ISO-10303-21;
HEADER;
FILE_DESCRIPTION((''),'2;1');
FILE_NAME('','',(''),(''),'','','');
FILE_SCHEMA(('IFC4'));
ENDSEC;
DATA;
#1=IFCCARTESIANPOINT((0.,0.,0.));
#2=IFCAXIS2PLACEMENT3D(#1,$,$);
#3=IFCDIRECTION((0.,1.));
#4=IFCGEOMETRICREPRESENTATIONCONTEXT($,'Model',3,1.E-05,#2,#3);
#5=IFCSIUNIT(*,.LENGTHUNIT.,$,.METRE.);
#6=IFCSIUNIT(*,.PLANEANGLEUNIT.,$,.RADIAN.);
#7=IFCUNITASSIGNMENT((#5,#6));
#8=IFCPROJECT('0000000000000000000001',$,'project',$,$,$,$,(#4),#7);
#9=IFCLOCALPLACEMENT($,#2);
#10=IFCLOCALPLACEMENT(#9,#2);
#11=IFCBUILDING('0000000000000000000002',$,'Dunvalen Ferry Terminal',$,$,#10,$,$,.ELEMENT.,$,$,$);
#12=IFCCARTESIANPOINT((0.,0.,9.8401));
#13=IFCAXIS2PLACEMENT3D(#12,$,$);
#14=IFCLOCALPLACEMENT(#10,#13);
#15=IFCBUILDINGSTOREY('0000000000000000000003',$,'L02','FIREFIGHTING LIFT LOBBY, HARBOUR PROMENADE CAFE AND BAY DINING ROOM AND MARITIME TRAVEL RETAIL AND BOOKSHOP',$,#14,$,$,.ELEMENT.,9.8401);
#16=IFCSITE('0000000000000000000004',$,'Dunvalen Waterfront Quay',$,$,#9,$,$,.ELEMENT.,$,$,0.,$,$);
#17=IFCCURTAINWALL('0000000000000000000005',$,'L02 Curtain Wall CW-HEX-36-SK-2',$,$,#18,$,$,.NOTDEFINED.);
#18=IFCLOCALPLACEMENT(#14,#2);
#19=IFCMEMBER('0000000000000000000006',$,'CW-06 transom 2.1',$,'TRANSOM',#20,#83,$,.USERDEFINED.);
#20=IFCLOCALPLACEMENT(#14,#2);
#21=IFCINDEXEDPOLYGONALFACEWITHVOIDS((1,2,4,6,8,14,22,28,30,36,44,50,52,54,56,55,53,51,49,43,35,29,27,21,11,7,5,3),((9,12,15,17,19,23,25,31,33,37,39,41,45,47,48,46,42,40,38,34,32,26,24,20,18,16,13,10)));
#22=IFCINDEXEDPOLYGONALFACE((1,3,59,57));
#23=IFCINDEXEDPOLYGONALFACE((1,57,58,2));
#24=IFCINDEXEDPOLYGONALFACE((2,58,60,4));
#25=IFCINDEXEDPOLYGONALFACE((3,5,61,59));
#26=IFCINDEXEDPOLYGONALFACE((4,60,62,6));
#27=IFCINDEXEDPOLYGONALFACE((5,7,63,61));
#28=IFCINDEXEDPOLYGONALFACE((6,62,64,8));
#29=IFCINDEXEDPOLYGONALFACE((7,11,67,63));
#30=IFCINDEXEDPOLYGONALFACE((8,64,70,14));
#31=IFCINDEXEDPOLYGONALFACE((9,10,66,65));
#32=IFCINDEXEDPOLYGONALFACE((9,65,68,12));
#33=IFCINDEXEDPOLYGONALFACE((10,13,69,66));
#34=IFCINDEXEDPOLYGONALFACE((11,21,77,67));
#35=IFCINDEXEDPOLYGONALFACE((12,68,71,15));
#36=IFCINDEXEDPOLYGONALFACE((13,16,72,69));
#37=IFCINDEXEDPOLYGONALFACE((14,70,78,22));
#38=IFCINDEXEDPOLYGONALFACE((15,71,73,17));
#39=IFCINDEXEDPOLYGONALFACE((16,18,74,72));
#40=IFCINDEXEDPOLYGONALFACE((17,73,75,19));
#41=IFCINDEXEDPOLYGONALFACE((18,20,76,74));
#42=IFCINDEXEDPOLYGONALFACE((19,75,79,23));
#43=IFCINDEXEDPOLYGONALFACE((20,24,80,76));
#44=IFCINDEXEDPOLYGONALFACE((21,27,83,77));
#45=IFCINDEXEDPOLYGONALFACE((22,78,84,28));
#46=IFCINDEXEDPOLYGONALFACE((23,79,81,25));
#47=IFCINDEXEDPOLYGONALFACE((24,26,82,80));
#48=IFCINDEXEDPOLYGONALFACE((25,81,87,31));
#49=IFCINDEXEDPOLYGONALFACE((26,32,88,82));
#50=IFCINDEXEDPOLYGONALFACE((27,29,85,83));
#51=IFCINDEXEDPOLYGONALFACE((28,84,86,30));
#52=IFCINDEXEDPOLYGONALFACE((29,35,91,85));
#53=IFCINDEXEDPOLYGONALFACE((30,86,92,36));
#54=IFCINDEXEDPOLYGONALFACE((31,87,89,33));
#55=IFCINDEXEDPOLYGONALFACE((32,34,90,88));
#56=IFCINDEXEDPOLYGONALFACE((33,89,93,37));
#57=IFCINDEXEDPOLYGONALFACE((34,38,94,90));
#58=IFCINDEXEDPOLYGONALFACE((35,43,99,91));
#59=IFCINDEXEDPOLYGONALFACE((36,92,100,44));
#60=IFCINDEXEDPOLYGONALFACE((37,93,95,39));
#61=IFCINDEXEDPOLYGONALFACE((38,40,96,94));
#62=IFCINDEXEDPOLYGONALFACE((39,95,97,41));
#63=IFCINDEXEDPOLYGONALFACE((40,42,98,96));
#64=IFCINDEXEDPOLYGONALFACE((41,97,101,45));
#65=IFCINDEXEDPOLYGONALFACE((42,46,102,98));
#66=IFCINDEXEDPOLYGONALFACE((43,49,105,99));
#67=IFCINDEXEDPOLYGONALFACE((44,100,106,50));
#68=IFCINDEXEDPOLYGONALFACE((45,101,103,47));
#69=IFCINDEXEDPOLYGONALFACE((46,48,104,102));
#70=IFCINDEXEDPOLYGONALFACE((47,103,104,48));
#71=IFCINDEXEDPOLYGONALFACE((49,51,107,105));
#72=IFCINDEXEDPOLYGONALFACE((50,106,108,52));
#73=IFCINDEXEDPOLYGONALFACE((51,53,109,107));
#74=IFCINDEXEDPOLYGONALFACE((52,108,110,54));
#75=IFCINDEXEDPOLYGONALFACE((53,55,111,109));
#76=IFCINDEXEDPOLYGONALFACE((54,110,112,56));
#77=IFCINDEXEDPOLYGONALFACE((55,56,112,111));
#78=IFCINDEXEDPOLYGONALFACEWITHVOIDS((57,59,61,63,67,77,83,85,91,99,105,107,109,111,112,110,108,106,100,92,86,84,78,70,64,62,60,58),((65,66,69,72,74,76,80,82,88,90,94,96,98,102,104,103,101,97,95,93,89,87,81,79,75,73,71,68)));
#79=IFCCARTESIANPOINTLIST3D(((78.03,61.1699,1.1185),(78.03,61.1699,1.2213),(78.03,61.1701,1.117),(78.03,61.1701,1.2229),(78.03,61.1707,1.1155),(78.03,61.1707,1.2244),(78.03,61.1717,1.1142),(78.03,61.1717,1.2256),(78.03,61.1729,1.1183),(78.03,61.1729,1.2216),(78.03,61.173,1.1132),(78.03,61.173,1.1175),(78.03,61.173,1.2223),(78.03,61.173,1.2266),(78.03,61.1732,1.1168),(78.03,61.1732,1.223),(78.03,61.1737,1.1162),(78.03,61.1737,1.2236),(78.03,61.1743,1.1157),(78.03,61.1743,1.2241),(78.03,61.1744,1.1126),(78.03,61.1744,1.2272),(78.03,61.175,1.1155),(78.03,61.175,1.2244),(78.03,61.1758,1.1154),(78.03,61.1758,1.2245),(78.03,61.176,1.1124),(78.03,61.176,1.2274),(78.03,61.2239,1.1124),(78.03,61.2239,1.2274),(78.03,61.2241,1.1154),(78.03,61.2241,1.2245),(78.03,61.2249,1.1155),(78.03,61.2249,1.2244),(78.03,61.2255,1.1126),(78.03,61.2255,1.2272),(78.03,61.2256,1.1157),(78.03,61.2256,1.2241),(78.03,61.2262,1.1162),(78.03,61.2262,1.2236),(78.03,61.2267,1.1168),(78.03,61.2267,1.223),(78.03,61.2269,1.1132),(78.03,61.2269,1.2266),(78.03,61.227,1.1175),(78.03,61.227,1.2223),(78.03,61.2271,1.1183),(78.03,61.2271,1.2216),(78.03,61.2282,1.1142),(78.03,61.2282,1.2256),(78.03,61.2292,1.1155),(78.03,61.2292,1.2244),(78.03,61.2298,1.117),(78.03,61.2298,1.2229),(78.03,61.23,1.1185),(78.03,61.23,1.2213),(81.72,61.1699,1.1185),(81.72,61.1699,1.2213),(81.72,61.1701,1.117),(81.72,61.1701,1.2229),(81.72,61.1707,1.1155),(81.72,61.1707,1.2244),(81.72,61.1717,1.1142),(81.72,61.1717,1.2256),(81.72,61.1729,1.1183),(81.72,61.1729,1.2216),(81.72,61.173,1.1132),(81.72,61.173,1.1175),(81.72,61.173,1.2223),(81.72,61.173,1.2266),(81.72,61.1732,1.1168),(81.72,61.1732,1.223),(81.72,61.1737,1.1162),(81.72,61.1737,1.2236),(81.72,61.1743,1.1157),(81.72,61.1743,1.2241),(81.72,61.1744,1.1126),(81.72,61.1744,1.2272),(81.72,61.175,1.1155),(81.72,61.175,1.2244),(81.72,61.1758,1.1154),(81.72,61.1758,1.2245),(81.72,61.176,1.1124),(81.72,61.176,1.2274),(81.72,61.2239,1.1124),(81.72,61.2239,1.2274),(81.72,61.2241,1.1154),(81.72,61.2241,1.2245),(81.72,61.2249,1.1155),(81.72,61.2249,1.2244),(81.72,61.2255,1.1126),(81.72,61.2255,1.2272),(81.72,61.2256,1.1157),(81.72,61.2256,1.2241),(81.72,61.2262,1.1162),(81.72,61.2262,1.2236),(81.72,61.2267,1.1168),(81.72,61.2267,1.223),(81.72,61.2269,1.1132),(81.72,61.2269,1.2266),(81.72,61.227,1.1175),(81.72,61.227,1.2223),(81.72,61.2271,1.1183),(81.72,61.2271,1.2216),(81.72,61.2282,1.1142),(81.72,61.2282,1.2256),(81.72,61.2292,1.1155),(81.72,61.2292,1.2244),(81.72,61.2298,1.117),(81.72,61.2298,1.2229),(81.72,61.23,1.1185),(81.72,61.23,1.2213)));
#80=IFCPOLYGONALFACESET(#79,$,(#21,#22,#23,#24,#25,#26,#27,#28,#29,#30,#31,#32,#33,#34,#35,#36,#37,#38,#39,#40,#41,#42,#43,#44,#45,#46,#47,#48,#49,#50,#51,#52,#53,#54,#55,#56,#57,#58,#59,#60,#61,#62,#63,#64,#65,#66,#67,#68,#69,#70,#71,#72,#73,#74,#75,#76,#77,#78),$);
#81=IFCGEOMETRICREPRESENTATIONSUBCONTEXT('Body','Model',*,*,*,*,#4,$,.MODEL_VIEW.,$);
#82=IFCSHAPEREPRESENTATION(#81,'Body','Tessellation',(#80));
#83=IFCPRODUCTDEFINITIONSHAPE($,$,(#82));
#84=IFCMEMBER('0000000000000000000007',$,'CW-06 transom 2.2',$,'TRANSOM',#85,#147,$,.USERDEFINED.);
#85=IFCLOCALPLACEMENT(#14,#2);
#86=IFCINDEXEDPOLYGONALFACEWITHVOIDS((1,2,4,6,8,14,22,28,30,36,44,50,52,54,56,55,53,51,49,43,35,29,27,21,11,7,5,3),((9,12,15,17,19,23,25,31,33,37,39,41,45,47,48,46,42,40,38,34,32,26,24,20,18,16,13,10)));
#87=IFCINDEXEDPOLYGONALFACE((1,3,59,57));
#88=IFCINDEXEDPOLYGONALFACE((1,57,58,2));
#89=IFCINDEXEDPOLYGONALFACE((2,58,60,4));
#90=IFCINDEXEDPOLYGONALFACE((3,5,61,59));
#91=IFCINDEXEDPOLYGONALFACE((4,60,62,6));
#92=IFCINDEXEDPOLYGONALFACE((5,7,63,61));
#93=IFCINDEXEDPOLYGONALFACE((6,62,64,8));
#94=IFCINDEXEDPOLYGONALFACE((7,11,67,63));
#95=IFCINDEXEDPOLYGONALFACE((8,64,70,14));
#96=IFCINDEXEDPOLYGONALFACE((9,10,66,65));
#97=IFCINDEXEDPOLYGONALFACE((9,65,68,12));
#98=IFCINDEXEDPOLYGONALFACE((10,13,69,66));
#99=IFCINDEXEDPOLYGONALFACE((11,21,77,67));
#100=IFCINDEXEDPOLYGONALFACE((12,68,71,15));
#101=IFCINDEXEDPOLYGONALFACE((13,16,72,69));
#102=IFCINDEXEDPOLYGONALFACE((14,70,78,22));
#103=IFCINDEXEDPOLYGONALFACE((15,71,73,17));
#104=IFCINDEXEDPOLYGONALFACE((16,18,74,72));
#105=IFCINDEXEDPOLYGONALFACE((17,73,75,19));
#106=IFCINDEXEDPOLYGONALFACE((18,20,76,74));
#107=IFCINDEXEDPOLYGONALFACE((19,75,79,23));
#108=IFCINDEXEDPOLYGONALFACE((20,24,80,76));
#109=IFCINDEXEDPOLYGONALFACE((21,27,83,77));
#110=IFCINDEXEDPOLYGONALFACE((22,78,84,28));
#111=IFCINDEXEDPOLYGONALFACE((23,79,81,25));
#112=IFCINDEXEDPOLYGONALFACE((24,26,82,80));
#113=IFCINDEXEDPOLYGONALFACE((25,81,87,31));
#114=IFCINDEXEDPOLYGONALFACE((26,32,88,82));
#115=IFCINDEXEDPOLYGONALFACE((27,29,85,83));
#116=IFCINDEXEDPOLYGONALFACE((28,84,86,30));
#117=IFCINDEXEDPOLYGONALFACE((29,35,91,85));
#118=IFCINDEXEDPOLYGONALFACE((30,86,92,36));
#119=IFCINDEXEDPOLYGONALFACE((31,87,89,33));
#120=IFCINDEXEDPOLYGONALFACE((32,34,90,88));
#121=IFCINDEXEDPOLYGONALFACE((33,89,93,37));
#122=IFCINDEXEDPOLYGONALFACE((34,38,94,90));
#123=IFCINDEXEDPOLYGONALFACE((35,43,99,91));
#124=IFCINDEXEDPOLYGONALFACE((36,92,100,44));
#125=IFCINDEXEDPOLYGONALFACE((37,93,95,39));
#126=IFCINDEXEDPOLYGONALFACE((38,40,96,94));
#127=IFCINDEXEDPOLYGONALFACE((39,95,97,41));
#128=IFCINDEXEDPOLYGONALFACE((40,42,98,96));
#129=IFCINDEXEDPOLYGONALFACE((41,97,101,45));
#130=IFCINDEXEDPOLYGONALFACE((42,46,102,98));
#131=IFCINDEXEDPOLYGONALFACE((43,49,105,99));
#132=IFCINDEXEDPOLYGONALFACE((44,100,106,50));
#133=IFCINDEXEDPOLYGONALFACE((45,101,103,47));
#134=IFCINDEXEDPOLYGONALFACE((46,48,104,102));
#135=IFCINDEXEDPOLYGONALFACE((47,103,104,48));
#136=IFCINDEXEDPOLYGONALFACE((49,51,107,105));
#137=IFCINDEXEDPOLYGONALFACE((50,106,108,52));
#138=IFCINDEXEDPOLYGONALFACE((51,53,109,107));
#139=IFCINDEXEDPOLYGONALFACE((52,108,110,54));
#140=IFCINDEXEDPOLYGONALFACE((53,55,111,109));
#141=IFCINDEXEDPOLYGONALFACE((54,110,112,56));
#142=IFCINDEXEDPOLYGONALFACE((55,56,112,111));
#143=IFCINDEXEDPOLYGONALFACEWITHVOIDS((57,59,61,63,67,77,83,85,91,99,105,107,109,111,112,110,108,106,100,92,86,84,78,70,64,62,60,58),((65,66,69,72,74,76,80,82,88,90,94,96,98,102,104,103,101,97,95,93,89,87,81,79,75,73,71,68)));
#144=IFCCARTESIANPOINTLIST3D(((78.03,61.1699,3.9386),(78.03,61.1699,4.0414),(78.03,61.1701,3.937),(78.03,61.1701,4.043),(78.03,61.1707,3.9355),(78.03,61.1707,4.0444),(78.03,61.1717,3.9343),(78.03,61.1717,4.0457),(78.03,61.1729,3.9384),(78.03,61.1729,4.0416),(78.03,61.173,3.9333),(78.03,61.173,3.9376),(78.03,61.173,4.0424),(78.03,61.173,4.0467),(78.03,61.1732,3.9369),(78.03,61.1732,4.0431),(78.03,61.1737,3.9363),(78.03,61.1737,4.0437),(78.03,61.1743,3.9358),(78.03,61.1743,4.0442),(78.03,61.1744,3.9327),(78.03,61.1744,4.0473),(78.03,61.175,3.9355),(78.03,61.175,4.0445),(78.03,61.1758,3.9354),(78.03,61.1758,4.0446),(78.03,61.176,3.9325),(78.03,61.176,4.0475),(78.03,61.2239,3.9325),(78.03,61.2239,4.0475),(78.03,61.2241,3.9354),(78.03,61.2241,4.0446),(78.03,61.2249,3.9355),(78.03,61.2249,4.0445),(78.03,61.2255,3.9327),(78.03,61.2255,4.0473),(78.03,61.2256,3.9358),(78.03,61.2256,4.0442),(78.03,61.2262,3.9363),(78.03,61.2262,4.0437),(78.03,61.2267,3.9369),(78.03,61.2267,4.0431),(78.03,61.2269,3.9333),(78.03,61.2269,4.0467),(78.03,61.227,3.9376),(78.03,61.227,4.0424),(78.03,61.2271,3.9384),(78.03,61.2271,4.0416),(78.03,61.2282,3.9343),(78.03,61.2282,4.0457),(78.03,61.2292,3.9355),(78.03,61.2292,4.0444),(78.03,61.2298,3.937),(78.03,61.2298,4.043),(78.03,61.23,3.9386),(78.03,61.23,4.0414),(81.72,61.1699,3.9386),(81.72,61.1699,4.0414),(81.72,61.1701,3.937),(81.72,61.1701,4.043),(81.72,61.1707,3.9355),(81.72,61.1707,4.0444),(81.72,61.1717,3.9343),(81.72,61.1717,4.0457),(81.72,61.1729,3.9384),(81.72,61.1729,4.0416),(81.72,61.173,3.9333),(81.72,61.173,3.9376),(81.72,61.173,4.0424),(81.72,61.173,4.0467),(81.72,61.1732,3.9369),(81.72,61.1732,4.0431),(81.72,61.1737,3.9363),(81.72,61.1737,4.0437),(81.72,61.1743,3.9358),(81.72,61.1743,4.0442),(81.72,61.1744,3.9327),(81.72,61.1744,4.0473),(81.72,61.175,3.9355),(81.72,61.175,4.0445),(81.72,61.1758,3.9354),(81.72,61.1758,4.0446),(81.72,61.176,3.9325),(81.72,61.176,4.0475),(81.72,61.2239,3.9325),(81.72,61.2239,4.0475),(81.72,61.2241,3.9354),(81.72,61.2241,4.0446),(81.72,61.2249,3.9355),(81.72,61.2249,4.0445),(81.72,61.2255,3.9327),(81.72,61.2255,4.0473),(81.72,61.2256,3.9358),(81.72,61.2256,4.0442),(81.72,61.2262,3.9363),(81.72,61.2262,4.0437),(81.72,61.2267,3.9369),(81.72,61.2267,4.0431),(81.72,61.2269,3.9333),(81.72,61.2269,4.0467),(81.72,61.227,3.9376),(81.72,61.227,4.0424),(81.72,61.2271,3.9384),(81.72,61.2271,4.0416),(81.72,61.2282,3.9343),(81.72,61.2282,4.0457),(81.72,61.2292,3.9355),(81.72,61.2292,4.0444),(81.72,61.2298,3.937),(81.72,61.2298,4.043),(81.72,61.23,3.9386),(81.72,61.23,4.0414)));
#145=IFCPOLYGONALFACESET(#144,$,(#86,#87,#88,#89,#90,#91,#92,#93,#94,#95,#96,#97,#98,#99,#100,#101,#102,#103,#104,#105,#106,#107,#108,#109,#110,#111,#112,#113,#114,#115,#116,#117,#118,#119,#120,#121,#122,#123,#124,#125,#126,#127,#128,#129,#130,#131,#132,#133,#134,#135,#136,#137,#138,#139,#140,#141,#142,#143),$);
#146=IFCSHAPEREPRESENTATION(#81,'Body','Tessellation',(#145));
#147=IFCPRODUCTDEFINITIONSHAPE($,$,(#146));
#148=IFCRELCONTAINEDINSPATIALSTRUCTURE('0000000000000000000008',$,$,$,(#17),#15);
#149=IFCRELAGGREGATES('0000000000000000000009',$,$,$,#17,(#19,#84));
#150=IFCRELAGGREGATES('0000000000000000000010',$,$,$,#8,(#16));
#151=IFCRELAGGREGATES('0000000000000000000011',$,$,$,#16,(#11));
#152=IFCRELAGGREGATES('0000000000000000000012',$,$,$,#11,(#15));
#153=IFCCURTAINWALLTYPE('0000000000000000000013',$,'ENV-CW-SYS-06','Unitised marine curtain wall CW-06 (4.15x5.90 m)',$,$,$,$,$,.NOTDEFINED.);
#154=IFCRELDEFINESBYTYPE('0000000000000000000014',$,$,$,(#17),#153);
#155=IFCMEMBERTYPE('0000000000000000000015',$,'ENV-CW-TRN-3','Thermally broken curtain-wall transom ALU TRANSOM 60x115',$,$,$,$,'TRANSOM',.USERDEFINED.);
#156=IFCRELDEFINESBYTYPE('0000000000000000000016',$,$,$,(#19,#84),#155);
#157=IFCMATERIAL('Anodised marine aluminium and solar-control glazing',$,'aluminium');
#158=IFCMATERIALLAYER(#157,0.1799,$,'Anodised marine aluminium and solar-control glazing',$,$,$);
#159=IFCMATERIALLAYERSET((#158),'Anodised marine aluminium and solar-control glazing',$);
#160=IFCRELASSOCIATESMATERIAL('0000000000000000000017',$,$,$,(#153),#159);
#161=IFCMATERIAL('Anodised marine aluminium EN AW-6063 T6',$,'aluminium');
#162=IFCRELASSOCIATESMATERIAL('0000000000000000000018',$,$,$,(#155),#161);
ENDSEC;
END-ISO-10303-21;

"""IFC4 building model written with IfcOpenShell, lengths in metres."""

from ifc_helpers import new_model, si_unit, direction, frame, origin, origin_2d, place, context, subcontext, project, spatial, hollow_rectangle, extrude, material, layer, layer_set, material_profile, profile_set, type_object, element, aggregate, save


model = new_model("IFC4")

# Units and contexts
model_context = context("Model", 3, precision=1e-05, world=origin(), true_north=direction((0.0, 1.0)))
body_context = subcontext(model_context, "Body", "Model", "MODEL_VIEW")
ifc_project = project(units=[si_unit("LENGTHUNIT", "METRE"), si_unit("PLANEANGLEUNIT", "RADIAN")], contexts=[model_context])

# Site, building, storey
site_placement = place(None, origin())
site = spatial("IfcSite", under=ifc_project, at=site_placement, Name="Dunvalen Waterfront Quay", CompositionType="ELEMENT", RefElevation=0.0)
building_placement = place(site_placement, origin())
building = spatial("IfcBuilding", under=site, at=building_placement, Name="Dunvalen Ferry Terminal", CompositionType="ELEMENT")
storey_placement = place(building_placement, frame((0.0, 0.0, 9.8401)))
storey = spatial("IfcBuildingStorey", under=building, at=storey_placement, Name="L02", Description="FIREFIGHTING LIFT LOBBY, HARBOUR PROMENADE CAFE AND BAY DINING ROOM AND MARITIME TRAVEL RETAIL AND BOOKSHOP", CompositionType="ELEMENT", Elevation=9.8401)

# Curtain wall, members
ifc_material_1 = material(Name="Anodised marine aluminium and solar-control glazing", Category="aluminium")
ifc_layer_1 = layer(ifc_material_1, 0.1799, Name="Anodised marine aluminium and solar-control glazing")
ifc_layer_set_1 = layer_set([ifc_layer_1], Name="Anodised marine aluminium and solar-control glazing")
curtain_wall_type = type_object("IfcCurtainWallType", Name="ENV-CW-SYS-06", Description="Unitised marine curtain wall CW-06 (4.15x5.90 m)", PredefinedType="NOTDEFINED", material=ifc_layer_set_1)
curtain_wall_placement = place(storey_placement, origin())
curtain_wall = element("IfcCurtainWall", 1, at=curtain_wall_placement, inside=storey, type_object=curtain_wall_type, Name="L02 Curtain Wall CW-HEX-36-SK-2", PredefinedType="NOTDEFINED")
ifc_material_2 = material(Name="Anodised marine aluminium EN AW-6063 T6", Category="aluminium")
ifc_material_profile_1 = material_profile(ifc_material_2, hollow_rectangle(XDim=0.0601, YDim=0.115, WallThickness=0.0029, InnerFilletRadius=0.0029, OuterFilletRadius=0.0061, at=origin_2d()), Name="Anodised marine aluminium EN AW-6063 T6")
ifc_profile_set_1 = profile_set([ifc_material_profile_1], Name="Anodised marine aluminium EN AW-6063 T6")
member_type_1 = type_object("IfcMemberType", Name="ENV-CW-TRN-3", Description="Thermally broken curtain-wall transom ALU TRANSOM 60x115", ElementType="TRANSOM", PredefinedType="USERDEFINED", material=ifc_profile_set_1)
member_1_placement = place(storey_placement, frame((78.03, 61.2, 1.1699), z_axis=(1.0, 0.0, 0.0), x_axis=(0.0, 1.0, 0.0)))
member_1 = element("IfcMember", 2, at=member_1_placement, type_object=member_type_1, Name="CW-06 transom 2.1", ObjectType="TRANSOM", PredefinedType="USERDEFINED", context=body_context, shape_type="SweptSolid", body=[
    extrude(hollow_rectangle(XDim=0.0601, YDim=0.115, WallThickness=0.0029, InnerFilletRadius=0.0029, OuterFilletRadius=0.0061, at=origin_2d()), origin(), (0.0, 0.0, 1.0), 3.6899),
])
member_2_placement = place(storey_placement, frame((78.03, 61.2, 3.99), z_axis=(1.0, 0.0, 0.0), x_axis=(0.0, 1.0, 0.0)))
member_2 = element("IfcMember", 3, at=member_2_placement, type_object=member_type_1, Name="CW-06 transom 2.2", ObjectType="TRANSOM", PredefinedType="USERDEFINED", context=body_context, shape_type="SweptSolid", body=[
    extrude(hollow_rectangle(XDim=0.0601, YDim=0.115, WallThickness=0.0029, InnerFilletRadius=0.0029, OuterFilletRadius=0.0061, at=origin_2d()), origin(), (0.0, 0.0, 1.0), 3.6899),
])

aggregate(curtain_wall, [member_1, member_2])

save(model, "model.ifc")
